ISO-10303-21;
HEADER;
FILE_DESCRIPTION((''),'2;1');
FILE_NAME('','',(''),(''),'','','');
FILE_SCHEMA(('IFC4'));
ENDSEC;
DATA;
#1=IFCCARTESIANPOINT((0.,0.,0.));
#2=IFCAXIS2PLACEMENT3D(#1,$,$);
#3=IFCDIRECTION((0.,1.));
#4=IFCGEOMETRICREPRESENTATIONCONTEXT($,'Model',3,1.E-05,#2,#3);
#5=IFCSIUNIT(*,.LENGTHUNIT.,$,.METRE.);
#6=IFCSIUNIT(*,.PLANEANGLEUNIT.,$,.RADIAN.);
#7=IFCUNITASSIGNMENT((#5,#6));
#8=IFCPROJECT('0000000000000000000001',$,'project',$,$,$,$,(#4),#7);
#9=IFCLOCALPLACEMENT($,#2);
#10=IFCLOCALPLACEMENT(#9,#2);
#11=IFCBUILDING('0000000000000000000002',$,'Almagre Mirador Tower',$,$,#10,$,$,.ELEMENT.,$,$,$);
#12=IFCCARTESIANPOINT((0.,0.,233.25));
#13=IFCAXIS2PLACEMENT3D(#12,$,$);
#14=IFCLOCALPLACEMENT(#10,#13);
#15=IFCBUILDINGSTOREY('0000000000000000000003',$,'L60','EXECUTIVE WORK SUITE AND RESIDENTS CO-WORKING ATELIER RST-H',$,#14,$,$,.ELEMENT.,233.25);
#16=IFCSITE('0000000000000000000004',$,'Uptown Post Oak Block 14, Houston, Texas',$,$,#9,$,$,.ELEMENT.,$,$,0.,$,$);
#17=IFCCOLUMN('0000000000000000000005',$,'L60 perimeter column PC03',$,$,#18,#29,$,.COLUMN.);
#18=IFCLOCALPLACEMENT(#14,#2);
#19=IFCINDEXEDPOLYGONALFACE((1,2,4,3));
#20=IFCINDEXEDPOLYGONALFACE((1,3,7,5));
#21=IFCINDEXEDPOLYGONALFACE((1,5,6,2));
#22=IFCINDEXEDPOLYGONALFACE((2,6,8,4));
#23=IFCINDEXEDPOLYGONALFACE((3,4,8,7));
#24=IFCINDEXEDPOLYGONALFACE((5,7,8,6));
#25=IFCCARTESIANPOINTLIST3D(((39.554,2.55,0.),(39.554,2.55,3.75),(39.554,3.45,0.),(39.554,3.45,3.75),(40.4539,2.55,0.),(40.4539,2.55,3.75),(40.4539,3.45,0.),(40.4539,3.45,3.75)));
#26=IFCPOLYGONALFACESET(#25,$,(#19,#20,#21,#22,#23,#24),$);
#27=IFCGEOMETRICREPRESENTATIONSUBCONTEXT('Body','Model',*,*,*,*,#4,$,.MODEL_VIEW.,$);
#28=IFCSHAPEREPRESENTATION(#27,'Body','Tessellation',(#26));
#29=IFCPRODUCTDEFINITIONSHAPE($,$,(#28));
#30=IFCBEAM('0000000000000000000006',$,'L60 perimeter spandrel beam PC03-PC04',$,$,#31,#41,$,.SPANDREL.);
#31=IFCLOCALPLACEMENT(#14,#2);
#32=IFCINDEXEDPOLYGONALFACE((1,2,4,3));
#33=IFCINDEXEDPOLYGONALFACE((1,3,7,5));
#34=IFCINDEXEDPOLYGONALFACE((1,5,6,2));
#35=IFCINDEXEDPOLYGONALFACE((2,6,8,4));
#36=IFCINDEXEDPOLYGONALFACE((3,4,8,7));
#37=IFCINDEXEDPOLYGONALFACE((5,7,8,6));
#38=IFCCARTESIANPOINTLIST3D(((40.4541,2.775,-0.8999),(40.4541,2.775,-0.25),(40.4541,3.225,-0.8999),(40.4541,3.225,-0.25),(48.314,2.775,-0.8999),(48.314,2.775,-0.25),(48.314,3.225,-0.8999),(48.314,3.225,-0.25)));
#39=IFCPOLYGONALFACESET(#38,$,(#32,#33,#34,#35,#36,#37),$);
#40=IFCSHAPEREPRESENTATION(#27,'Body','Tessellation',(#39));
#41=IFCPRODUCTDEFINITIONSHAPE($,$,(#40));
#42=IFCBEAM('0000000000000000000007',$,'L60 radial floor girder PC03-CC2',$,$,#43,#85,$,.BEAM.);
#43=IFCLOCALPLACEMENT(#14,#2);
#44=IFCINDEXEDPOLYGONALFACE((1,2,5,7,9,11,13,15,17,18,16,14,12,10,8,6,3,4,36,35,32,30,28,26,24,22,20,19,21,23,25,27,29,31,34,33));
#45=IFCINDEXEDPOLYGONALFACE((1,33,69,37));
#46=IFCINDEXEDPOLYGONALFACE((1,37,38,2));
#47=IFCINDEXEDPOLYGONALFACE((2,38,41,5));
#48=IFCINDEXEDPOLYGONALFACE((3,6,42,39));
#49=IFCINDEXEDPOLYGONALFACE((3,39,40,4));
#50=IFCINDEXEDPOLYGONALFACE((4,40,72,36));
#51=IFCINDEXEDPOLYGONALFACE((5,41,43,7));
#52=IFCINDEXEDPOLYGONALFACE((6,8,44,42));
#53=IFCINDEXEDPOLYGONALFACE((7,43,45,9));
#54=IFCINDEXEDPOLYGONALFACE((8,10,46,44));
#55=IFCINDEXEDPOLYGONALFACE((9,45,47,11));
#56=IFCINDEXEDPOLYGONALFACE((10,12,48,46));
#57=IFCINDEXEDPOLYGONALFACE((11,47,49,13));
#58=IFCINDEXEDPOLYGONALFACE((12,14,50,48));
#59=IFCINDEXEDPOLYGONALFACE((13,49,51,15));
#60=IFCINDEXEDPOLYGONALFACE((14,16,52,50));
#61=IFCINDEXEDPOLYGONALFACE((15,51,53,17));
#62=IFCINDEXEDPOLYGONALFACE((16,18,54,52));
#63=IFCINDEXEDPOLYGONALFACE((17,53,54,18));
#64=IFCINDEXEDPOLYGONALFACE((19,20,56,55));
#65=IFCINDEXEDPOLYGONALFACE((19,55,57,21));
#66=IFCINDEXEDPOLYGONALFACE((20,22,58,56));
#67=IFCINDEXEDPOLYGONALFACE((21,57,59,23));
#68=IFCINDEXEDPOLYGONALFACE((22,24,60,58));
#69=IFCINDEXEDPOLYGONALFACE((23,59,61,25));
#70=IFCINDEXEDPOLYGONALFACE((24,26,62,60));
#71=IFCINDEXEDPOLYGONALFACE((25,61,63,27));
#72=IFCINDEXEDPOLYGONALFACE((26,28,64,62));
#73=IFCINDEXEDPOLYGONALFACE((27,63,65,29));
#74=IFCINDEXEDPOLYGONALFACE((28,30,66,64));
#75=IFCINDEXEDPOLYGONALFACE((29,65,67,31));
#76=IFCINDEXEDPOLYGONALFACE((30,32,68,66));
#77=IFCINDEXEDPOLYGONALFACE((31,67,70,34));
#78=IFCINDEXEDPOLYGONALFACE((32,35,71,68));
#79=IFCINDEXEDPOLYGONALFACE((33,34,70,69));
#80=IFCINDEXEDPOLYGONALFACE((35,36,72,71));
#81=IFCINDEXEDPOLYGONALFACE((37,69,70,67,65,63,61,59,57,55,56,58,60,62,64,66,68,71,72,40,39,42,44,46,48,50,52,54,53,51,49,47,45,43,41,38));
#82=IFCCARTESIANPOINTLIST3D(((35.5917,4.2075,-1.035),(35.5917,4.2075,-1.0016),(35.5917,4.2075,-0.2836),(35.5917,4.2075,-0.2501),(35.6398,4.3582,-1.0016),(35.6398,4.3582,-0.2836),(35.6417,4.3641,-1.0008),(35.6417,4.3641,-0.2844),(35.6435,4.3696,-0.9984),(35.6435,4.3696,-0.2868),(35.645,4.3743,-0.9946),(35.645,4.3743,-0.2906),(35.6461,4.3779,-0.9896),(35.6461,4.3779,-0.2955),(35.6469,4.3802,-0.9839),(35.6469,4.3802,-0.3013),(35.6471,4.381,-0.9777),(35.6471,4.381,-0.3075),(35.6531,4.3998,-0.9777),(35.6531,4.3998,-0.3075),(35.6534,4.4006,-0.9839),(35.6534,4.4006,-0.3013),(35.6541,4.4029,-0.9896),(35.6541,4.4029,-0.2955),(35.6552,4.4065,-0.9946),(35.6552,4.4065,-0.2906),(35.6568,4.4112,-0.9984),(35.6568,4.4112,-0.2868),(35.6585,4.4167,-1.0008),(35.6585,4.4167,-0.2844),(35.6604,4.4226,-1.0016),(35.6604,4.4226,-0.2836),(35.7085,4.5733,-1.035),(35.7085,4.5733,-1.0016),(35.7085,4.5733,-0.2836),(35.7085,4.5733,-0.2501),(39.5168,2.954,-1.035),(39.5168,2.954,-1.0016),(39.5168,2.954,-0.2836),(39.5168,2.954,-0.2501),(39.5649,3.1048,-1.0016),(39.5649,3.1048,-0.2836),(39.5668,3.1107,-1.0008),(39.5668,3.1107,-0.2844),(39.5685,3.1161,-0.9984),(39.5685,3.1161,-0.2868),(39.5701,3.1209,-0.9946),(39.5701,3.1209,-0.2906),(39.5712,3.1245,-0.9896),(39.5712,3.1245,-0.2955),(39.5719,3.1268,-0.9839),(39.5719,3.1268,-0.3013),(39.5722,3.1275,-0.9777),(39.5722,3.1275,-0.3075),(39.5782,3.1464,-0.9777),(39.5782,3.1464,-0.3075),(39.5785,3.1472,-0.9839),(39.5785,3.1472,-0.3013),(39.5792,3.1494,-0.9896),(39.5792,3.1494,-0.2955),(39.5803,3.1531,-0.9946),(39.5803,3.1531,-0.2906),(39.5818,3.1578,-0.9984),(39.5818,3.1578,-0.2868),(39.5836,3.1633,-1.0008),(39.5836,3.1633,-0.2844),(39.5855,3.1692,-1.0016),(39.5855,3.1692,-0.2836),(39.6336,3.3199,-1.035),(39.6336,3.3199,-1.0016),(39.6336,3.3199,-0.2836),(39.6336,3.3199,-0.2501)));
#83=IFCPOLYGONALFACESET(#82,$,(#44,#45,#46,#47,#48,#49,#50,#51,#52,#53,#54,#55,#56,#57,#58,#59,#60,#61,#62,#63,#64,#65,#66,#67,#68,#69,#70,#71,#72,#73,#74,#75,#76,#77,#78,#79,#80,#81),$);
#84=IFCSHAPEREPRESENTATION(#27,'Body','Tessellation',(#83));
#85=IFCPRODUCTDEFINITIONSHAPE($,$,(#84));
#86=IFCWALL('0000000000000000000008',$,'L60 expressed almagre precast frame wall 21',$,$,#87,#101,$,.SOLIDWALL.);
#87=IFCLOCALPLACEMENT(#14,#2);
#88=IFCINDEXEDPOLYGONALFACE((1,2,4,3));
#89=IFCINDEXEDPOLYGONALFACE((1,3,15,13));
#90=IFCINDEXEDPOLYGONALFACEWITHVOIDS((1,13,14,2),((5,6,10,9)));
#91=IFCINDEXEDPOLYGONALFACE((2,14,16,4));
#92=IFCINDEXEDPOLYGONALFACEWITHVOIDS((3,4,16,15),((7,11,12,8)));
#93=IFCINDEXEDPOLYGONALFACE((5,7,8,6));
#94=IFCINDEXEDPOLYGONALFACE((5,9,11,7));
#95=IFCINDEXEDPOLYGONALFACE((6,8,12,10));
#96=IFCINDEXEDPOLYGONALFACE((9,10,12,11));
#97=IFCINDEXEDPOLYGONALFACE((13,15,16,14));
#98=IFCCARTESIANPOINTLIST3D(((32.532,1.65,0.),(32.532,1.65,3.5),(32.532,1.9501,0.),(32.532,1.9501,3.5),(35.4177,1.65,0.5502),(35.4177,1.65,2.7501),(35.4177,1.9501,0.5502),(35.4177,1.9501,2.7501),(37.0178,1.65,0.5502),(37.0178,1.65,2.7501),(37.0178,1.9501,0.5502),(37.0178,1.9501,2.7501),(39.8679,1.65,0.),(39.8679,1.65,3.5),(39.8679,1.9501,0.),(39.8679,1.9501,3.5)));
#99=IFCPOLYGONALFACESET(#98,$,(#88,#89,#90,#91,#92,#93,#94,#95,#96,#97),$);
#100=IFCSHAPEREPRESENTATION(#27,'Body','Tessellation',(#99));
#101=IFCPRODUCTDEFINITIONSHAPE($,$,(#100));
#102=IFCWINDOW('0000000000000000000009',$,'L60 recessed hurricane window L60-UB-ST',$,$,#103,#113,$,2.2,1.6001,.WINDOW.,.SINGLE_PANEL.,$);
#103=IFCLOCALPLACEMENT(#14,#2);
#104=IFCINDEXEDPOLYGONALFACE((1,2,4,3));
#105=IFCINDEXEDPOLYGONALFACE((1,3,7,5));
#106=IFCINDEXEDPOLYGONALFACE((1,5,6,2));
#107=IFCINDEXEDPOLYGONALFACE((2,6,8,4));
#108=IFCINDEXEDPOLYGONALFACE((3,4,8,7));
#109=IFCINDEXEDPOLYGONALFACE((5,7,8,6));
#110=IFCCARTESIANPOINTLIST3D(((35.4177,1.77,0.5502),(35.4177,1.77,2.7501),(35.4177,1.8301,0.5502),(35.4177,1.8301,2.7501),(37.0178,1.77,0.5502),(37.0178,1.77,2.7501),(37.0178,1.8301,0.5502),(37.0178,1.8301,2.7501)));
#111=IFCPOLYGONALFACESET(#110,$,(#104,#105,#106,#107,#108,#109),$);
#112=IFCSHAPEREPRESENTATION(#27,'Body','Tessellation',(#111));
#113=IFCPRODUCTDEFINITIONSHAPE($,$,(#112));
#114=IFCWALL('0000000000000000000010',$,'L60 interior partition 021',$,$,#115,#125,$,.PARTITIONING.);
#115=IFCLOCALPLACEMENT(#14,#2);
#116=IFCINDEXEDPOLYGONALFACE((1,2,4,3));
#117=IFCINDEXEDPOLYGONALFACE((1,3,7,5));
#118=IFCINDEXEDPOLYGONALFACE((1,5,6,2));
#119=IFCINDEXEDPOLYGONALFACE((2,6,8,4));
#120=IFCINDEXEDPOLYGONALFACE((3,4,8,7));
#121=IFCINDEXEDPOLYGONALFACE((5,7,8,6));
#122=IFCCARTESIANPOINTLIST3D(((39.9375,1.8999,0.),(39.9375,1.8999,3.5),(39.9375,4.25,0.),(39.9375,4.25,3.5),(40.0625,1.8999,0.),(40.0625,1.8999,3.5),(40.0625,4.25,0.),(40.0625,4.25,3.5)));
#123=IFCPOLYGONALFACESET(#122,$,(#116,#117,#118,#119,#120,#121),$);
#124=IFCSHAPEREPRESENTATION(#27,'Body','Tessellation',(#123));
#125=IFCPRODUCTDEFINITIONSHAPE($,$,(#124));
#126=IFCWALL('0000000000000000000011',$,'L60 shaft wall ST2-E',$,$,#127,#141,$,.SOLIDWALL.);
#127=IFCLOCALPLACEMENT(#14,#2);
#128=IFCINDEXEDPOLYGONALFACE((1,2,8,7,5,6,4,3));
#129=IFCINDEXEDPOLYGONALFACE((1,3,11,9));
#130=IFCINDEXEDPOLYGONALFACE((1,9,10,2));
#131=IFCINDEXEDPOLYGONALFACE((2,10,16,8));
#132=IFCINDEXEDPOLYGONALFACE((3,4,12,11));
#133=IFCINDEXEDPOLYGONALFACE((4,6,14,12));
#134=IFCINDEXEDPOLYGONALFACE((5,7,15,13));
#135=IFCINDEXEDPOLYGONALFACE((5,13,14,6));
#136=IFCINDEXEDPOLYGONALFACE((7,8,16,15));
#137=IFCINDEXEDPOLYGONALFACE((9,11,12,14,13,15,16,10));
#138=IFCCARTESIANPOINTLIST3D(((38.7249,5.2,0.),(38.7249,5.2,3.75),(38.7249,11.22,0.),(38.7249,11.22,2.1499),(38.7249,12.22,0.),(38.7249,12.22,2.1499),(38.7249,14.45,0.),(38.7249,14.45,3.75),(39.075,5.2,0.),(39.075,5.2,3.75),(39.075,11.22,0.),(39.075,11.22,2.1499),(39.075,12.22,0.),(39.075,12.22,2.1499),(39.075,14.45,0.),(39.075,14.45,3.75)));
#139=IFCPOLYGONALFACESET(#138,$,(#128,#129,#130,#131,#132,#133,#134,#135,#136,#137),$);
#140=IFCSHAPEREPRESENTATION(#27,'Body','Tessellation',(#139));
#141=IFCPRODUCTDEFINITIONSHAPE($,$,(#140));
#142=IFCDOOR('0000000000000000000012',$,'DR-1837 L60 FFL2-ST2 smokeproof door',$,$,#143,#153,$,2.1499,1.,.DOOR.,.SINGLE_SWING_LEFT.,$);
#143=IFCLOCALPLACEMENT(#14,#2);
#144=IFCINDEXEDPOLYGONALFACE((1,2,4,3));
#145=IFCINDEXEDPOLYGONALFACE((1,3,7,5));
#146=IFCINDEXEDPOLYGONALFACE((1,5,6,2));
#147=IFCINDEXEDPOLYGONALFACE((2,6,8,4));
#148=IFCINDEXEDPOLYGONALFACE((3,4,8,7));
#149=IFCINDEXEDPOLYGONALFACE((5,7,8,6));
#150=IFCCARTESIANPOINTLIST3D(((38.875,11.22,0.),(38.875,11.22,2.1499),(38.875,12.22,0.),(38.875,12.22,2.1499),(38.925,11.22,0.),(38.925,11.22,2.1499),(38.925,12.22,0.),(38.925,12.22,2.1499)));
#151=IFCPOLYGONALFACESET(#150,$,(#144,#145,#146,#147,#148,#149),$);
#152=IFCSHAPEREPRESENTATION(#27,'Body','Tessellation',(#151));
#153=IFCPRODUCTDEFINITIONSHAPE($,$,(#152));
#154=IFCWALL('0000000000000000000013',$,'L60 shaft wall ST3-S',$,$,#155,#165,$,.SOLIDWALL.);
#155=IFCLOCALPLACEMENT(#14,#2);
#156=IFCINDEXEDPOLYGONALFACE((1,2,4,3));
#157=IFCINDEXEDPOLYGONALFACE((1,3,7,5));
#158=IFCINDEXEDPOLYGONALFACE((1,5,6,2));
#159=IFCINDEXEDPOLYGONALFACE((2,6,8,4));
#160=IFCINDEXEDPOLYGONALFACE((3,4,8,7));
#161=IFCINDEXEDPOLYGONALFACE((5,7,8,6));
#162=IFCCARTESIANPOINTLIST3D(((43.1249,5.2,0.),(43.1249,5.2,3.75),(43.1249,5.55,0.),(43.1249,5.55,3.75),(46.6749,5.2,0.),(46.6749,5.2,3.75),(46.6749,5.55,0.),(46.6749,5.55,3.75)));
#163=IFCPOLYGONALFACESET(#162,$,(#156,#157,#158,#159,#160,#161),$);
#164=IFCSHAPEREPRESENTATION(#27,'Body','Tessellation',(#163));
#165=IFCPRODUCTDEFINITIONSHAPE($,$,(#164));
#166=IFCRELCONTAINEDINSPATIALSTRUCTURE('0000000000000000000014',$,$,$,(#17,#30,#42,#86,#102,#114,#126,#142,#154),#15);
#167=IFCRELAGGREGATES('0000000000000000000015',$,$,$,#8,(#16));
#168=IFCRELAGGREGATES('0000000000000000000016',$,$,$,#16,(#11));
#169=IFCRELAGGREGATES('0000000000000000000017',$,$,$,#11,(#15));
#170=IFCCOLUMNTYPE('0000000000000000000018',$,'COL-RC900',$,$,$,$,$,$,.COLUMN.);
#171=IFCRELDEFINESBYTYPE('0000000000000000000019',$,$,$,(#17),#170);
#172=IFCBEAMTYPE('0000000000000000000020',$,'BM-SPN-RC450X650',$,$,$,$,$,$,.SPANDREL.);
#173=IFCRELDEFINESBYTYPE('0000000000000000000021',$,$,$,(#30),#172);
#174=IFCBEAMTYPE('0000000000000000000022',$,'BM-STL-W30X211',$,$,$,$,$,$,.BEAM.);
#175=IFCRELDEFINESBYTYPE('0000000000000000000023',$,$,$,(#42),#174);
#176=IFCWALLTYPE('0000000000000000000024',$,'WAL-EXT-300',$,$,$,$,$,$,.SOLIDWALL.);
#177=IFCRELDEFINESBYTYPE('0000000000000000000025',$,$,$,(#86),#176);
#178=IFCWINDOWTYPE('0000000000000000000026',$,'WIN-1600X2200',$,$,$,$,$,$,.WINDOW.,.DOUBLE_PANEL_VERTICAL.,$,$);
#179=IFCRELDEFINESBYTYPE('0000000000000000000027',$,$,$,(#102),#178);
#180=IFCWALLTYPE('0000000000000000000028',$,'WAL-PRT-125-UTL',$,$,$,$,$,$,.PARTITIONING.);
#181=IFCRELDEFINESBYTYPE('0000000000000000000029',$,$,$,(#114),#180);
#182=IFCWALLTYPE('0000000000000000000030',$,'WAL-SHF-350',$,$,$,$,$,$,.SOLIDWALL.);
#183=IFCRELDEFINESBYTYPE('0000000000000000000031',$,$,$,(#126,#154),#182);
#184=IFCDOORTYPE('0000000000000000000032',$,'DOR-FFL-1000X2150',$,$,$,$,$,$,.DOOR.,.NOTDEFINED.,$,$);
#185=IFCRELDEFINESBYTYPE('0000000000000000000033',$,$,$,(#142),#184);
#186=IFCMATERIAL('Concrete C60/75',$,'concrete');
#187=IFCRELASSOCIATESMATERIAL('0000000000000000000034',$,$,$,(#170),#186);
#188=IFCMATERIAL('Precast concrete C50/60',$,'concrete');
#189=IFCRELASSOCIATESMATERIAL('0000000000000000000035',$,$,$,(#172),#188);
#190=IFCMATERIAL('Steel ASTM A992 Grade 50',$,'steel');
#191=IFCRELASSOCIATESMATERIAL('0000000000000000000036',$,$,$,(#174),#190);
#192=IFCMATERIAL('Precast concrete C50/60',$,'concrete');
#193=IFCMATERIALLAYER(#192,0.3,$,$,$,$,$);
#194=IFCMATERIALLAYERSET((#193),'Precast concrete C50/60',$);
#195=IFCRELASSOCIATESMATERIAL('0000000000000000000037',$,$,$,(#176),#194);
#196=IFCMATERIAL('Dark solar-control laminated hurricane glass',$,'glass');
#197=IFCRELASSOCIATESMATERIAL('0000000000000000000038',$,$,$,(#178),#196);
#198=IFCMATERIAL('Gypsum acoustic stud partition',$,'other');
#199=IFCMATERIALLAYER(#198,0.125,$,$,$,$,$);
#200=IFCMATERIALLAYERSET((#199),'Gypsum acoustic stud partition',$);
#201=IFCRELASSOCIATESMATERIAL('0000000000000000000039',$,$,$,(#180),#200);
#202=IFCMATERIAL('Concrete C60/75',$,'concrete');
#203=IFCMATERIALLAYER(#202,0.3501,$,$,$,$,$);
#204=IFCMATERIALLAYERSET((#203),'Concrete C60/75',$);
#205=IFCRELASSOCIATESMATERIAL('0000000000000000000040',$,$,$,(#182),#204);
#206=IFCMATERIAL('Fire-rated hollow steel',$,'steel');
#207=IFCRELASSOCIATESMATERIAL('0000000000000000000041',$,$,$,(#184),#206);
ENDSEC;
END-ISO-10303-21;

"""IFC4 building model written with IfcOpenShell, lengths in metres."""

from ifc_helpers import new_model, si_unit, direction, frame, frame_2d, origin, origin_2d, place, context, subcontext, project, spatial, rectangle, i_section, extrude, material, layer, layer_set, material_profile, profile_set, type_object, element, fill, save


model = new_model("IFC4")

# Units and contexts
model_context = context("Model", 3, precision=1e-05, world=origin(), true_north=direction((0.0, 1.0)))
body_context = subcontext(model_context, "Body", "Model", "MODEL_VIEW")
ifc_project = project(units=[si_unit("LENGTHUNIT", "METRE"), si_unit("PLANEANGLEUNIT", "RADIAN")], contexts=[model_context])

# Site, building, storey
site_placement = place(None, origin())
site = spatial("IfcSite", under=ifc_project, at=site_placement, Name="Uptown Post Oak Block 14, Houston, Texas", CompositionType="ELEMENT", RefElevation=0.0)
building_placement = place(site_placement, origin())
building = spatial("IfcBuilding", under=site, at=building_placement, Name="Almagre Mirador Tower", CompositionType="ELEMENT")
storey_placement = place(building_placement, frame((0.0, 0.0, 233.25)))
storey = spatial("IfcBuildingStorey", under=building, at=storey_placement, Name="L60", Description="EXECUTIVE WORK SUITE AND RESIDENTS CO-WORKING ATELIER RST-H", CompositionType="ELEMENT", Elevation=233.25)

# Column
ifc_material_1 = material(Name="Concrete C60/75", Category="concrete")
ifc_material_profile_1 = material_profile(ifc_material_1, rectangle(XDim=0.8999, YDim=0.8999, at=origin_2d()), Name="RC900X900")
ifc_profile_set_1 = profile_set([ifc_material_profile_1], Name="Concrete C60/75")
column_type = type_object("IfcColumnType", Name="COL-RC900", PredefinedType="COLUMN", material=ifc_profile_set_1)
column_placement = place(storey_placement, frame((40.0039, 3.0, 0.0), z_axis=(0.0, 0.0, 1.0), x_axis=(1.0, 0.0, 0.0)))
element("IfcColumn", 1, at=column_placement, inside=storey, type_object=column_type, Name="L60 perimeter column PC03", PredefinedType="COLUMN", context=body_context, shape_type="SweptSolid", body=[
    extrude(rectangle(XDim=0.8999, YDim=0.8999, at=origin_2d()), origin(), (0.0, 0.0, 1.0), 3.75),
])

# Beams
ifc_material_2 = material(Name="Precast concrete C50/60", Category="concrete")
ifc_material_profile_2 = material_profile(ifc_material_2, rectangle(XDim=0.45, YDim=0.6499, at=origin_2d()), Name="RC450X650")
ifc_profile_set_2 = profile_set([ifc_material_profile_2], Name="Precast concrete C50/60")
beam_type_1 = type_object("IfcBeamType", Name="BM-SPN-RC450X650", PredefinedType="SPANDREL", material=ifc_profile_set_2)
beam_1_placement = place(storey_placement, frame((40.4541, 3.0, -0.575), z_axis=(1.0, 0.0, 0.0), x_axis=(0.0, 1.0, 0.0)))
element("IfcBeam", 2, at=beam_1_placement, inside=storey, type_object=beam_type_1, Name="L60 perimeter spandrel beam PC03-PC04", PredefinedType="SPANDREL", context=body_context, shape_type="SweptSolid", body=[
    extrude(rectangle(XDim=0.45, YDim=0.6499, at=origin_2d()), origin(), (0.0, 0.0, 1.0), 7.8599),
])
ifc_material_3 = material(Name="Steel ASTM A992 Grade 50", Category="steel")
ifc_material_profile_3 = material_profile(ifc_material_3, i_section(OverallWidth=0.384, OverallDepth=0.7849, WebThickness=0.0198, FlangeThickness=0.0334, FilletRadius=0.0239, at=origin_2d()), Name="W30X211")
ifc_profile_set_3 = profile_set([ifc_material_profile_3], Name="Steel ASTM A992 Grade 50")
beam_type_2 = type_object("IfcBeamType", Name="BM-STL-W30X211", PredefinedType="BEAM", material=ifc_profile_set_3)
beam_2_placement = place(storey_placement, frame((39.5752, 3.137, -0.6426), z_axis=(-0.952607, 0.304204, 0.0), x_axis=(-0.304204, -0.952607, 0.0)))
element("IfcBeam", 3, at=beam_2_placement, inside=storey, type_object=beam_type_2, Name="L60 radial floor girder PC03-CC2", PredefinedType="BEAM", context=body_context, shape_type="SweptSolid", body=[
    extrude(i_section(OverallWidth=0.384, OverallDepth=0.7849, WebThickness=0.0198, FlangeThickness=0.0334, FilletRadius=0.0239, at=origin_2d()), origin(), (0.0, 0.0, 1.0), 4.1204),
])

# Wall, opening, window
ifc_material_4 = material(Name="Precast concrete C50/60", Category="concrete")
ifc_layer_1 = layer(ifc_material_4, 0.3)
ifc_layer_set_1 = layer_set([ifc_layer_1], Name="Precast concrete C50/60")
wall_type_1 = type_object("IfcWallType", Name="WAL-EXT-300", PredefinedType="SOLIDWALL", material=ifc_layer_set_1)
wall_1_placement = place(storey_placement, frame((39.8679, 1.8, 0.0), z_axis=(0.0, 0.0, 1.0), x_axis=(-1.0, 0.0, 0.0)))
wall_1 = element("IfcWall", 4, at=wall_1_placement, inside=storey, type_object=wall_type_1, Name="L60 expressed almagre precast frame wall 21", PredefinedType="SOLIDWALL", context=body_context, shape_type="SweptSolid", body=[
    extrude(rectangle(XDim=7.3359, YDim=0.3, at=frame_2d((3.668, 0.0))), origin(), (0.0, 0.0, 1.0), 3.5),
])
opening_1_placement = place(wall_1_placement, frame((2.8501, 0.0, 0.55)))
opening_1 = element("IfcOpeningElement", 5, at=opening_1_placement, cuts=wall_1, PredefinedType="OPENING", context=body_context, shape_type="SweptSolid", body=[
    extrude(rectangle(XDim=1.6001, YDim=2.2, at=frame_2d((0.8, 1.1001))), frame((0.0, 0.1599, 0.0), z_axis=(0.0, -1.0, 0.0), x_axis=(1.0, 0.0, 0.0)), (0.0, 0.0, 1.0), 0.32),
])
ifc_material_5 = material(Name="Dark solar-control laminated hurricane glass", Category="glass")
window_type = type_object("IfcWindowType", Name="WIN-1600X2200", PartitioningType="DOUBLE_PANEL_VERTICAL", PredefinedType="WINDOW", material=ifc_material_5)
window_placement = place(opening_1_placement, origin())
window = element("IfcWindow", 6, at=window_placement, inside=storey, type_object=window_type, Name="L60 recessed hurricane window L60-UB-ST", OverallHeight=2.2, OverallWidth=1.6001, PartitioningType="SINGLE_PANEL", PredefinedType="WINDOW", context=body_context, shape_type="SweptSolid", body=[
    extrude(rectangle(XDim=1.6001, YDim=2.2, at=frame_2d((0.8, 1.1001))), frame((0.0, 0.03, 0.0), z_axis=(0.0, -1.0, 0.0), x_axis=(1.0, 0.0, 0.0)), (0.0, 0.0, 1.0), 0.0601),
])
fill(opening_1, window)

# Wall
ifc_material_6 = material(Name="Gypsum acoustic stud partition", Category="other")
ifc_layer_2 = layer(ifc_material_6, 0.125)
ifc_layer_set_2 = layer_set([ifc_layer_2], Name="Gypsum acoustic stud partition")
wall_type_2 = type_object("IfcWallType", Name="WAL-PRT-125-UTL", PredefinedType="PARTITIONING", material=ifc_layer_set_2)
wall_2_placement = place(storey_placement, frame((40.0, 1.8999, 0.0), z_axis=(0.0, 0.0, 1.0), x_axis=(0.0, 1.0, 0.0)))
element("IfcWall", 7, at=wall_2_placement, inside=storey, type_object=wall_type_2, Name="L60 interior partition 021", PredefinedType="PARTITIONING", context=body_context, shape_type="SweptSolid", body=[
    extrude(rectangle(XDim=2.3501, YDim=0.125, at=frame_2d((1.175, 0.0))), origin(), (0.0, 0.0, 1.0), 3.5),
])

# Wall, opening, door
ifc_material_7 = material(Name="Concrete C60/75", Category="concrete")
ifc_layer_3 = layer(ifc_material_7, 0.3501)
ifc_layer_set_3 = layer_set([ifc_layer_3], Name="Concrete C60/75")
wall_type_3 = type_object("IfcWallType", Name="WAL-SHF-350", PredefinedType="SOLIDWALL", material=ifc_layer_set_3)
wall_3_placement = place(storey_placement, frame((38.8999, 5.2, 0.0), z_axis=(0.0, 0.0, 1.0), x_axis=(0.0, 1.0, 0.0)))
wall_3 = element("IfcWall", 8, at=wall_3_placement, inside=storey, type_object=wall_type_3, Name="L60 shaft wall ST2-E", PredefinedType="SOLIDWALL", context=body_context, shape_type="SweptSolid", body=[
    extrude(rectangle(XDim=9.25, YDim=0.3501, at=frame_2d((4.625, 0.0))), origin(), (0.0, 0.0, 1.0), 3.75),
])
opening_2_placement = place(wall_3_placement, frame((6.02, 0.0, 0.0)))
opening_2 = element("IfcOpeningElement", 9, at=opening_2_placement, cuts=wall_3, PredefinedType="OPENING", context=body_context, shape_type="SweptSolid", body=[
    extrude(rectangle(XDim=1.0, YDim=2.1499, at=frame_2d((0.5, 1.075))), frame((0.0, 0.185, 0.0), z_axis=(0.0, -1.0, 0.0), x_axis=(1.0, 0.0, 0.0)), (0.0, 0.0, 1.0), 0.3701),
])
ifc_material_8 = material(Name="Fire-rated hollow steel", Category="steel")
door_type_1 = type_object("IfcDoorType", Name="DOR-FFL-1000X2150", OperationType="NOTDEFINED", PredefinedType="DOOR", material=ifc_material_8)
door_1_placement = place(opening_2_placement, origin())
door_1 = element("IfcDoor", 10, at=door_1_placement, inside=storey, type_object=door_type_1, Name="DR-1837 L60 FFL2-ST2 smokeproof door", OperationType="SINGLE_SWING_LEFT", OverallHeight=2.1499, OverallWidth=1.0, PredefinedType="DOOR", context=body_context, shape_type="SweptSolid", body=[
    extrude(rectangle(XDim=1.0, YDim=2.1499, at=frame_2d((0.5, 1.075))), frame((0.0, 0.0249, 0.0), z_axis=(0.0, -1.0, 0.0), x_axis=(1.0, 0.0, 0.0)), (0.0, 0.0, 1.0), 0.05),
])
fill(opening_2, door_1)

# Wall
wall_4_placement = place(storey_placement, frame((43.125, 5.375, 0.0), z_axis=(0.0, 0.0, 1.0), x_axis=(1.0, 0.0, 0.0)))
element("IfcWall", 11, at=wall_4_placement, inside=storey, type_object=wall_type_3, Name="L60 shaft wall ST3-S", PredefinedType="SOLIDWALL", context=body_context, shape_type="SweptSolid", body=[
    extrude(rectangle(XDim=3.55, YDim=0.3501, at=frame_2d((1.7749, 0.0))), origin(), (0.0, 0.0, 1.0), 3.75),
])

save(model, "model.ifc")
